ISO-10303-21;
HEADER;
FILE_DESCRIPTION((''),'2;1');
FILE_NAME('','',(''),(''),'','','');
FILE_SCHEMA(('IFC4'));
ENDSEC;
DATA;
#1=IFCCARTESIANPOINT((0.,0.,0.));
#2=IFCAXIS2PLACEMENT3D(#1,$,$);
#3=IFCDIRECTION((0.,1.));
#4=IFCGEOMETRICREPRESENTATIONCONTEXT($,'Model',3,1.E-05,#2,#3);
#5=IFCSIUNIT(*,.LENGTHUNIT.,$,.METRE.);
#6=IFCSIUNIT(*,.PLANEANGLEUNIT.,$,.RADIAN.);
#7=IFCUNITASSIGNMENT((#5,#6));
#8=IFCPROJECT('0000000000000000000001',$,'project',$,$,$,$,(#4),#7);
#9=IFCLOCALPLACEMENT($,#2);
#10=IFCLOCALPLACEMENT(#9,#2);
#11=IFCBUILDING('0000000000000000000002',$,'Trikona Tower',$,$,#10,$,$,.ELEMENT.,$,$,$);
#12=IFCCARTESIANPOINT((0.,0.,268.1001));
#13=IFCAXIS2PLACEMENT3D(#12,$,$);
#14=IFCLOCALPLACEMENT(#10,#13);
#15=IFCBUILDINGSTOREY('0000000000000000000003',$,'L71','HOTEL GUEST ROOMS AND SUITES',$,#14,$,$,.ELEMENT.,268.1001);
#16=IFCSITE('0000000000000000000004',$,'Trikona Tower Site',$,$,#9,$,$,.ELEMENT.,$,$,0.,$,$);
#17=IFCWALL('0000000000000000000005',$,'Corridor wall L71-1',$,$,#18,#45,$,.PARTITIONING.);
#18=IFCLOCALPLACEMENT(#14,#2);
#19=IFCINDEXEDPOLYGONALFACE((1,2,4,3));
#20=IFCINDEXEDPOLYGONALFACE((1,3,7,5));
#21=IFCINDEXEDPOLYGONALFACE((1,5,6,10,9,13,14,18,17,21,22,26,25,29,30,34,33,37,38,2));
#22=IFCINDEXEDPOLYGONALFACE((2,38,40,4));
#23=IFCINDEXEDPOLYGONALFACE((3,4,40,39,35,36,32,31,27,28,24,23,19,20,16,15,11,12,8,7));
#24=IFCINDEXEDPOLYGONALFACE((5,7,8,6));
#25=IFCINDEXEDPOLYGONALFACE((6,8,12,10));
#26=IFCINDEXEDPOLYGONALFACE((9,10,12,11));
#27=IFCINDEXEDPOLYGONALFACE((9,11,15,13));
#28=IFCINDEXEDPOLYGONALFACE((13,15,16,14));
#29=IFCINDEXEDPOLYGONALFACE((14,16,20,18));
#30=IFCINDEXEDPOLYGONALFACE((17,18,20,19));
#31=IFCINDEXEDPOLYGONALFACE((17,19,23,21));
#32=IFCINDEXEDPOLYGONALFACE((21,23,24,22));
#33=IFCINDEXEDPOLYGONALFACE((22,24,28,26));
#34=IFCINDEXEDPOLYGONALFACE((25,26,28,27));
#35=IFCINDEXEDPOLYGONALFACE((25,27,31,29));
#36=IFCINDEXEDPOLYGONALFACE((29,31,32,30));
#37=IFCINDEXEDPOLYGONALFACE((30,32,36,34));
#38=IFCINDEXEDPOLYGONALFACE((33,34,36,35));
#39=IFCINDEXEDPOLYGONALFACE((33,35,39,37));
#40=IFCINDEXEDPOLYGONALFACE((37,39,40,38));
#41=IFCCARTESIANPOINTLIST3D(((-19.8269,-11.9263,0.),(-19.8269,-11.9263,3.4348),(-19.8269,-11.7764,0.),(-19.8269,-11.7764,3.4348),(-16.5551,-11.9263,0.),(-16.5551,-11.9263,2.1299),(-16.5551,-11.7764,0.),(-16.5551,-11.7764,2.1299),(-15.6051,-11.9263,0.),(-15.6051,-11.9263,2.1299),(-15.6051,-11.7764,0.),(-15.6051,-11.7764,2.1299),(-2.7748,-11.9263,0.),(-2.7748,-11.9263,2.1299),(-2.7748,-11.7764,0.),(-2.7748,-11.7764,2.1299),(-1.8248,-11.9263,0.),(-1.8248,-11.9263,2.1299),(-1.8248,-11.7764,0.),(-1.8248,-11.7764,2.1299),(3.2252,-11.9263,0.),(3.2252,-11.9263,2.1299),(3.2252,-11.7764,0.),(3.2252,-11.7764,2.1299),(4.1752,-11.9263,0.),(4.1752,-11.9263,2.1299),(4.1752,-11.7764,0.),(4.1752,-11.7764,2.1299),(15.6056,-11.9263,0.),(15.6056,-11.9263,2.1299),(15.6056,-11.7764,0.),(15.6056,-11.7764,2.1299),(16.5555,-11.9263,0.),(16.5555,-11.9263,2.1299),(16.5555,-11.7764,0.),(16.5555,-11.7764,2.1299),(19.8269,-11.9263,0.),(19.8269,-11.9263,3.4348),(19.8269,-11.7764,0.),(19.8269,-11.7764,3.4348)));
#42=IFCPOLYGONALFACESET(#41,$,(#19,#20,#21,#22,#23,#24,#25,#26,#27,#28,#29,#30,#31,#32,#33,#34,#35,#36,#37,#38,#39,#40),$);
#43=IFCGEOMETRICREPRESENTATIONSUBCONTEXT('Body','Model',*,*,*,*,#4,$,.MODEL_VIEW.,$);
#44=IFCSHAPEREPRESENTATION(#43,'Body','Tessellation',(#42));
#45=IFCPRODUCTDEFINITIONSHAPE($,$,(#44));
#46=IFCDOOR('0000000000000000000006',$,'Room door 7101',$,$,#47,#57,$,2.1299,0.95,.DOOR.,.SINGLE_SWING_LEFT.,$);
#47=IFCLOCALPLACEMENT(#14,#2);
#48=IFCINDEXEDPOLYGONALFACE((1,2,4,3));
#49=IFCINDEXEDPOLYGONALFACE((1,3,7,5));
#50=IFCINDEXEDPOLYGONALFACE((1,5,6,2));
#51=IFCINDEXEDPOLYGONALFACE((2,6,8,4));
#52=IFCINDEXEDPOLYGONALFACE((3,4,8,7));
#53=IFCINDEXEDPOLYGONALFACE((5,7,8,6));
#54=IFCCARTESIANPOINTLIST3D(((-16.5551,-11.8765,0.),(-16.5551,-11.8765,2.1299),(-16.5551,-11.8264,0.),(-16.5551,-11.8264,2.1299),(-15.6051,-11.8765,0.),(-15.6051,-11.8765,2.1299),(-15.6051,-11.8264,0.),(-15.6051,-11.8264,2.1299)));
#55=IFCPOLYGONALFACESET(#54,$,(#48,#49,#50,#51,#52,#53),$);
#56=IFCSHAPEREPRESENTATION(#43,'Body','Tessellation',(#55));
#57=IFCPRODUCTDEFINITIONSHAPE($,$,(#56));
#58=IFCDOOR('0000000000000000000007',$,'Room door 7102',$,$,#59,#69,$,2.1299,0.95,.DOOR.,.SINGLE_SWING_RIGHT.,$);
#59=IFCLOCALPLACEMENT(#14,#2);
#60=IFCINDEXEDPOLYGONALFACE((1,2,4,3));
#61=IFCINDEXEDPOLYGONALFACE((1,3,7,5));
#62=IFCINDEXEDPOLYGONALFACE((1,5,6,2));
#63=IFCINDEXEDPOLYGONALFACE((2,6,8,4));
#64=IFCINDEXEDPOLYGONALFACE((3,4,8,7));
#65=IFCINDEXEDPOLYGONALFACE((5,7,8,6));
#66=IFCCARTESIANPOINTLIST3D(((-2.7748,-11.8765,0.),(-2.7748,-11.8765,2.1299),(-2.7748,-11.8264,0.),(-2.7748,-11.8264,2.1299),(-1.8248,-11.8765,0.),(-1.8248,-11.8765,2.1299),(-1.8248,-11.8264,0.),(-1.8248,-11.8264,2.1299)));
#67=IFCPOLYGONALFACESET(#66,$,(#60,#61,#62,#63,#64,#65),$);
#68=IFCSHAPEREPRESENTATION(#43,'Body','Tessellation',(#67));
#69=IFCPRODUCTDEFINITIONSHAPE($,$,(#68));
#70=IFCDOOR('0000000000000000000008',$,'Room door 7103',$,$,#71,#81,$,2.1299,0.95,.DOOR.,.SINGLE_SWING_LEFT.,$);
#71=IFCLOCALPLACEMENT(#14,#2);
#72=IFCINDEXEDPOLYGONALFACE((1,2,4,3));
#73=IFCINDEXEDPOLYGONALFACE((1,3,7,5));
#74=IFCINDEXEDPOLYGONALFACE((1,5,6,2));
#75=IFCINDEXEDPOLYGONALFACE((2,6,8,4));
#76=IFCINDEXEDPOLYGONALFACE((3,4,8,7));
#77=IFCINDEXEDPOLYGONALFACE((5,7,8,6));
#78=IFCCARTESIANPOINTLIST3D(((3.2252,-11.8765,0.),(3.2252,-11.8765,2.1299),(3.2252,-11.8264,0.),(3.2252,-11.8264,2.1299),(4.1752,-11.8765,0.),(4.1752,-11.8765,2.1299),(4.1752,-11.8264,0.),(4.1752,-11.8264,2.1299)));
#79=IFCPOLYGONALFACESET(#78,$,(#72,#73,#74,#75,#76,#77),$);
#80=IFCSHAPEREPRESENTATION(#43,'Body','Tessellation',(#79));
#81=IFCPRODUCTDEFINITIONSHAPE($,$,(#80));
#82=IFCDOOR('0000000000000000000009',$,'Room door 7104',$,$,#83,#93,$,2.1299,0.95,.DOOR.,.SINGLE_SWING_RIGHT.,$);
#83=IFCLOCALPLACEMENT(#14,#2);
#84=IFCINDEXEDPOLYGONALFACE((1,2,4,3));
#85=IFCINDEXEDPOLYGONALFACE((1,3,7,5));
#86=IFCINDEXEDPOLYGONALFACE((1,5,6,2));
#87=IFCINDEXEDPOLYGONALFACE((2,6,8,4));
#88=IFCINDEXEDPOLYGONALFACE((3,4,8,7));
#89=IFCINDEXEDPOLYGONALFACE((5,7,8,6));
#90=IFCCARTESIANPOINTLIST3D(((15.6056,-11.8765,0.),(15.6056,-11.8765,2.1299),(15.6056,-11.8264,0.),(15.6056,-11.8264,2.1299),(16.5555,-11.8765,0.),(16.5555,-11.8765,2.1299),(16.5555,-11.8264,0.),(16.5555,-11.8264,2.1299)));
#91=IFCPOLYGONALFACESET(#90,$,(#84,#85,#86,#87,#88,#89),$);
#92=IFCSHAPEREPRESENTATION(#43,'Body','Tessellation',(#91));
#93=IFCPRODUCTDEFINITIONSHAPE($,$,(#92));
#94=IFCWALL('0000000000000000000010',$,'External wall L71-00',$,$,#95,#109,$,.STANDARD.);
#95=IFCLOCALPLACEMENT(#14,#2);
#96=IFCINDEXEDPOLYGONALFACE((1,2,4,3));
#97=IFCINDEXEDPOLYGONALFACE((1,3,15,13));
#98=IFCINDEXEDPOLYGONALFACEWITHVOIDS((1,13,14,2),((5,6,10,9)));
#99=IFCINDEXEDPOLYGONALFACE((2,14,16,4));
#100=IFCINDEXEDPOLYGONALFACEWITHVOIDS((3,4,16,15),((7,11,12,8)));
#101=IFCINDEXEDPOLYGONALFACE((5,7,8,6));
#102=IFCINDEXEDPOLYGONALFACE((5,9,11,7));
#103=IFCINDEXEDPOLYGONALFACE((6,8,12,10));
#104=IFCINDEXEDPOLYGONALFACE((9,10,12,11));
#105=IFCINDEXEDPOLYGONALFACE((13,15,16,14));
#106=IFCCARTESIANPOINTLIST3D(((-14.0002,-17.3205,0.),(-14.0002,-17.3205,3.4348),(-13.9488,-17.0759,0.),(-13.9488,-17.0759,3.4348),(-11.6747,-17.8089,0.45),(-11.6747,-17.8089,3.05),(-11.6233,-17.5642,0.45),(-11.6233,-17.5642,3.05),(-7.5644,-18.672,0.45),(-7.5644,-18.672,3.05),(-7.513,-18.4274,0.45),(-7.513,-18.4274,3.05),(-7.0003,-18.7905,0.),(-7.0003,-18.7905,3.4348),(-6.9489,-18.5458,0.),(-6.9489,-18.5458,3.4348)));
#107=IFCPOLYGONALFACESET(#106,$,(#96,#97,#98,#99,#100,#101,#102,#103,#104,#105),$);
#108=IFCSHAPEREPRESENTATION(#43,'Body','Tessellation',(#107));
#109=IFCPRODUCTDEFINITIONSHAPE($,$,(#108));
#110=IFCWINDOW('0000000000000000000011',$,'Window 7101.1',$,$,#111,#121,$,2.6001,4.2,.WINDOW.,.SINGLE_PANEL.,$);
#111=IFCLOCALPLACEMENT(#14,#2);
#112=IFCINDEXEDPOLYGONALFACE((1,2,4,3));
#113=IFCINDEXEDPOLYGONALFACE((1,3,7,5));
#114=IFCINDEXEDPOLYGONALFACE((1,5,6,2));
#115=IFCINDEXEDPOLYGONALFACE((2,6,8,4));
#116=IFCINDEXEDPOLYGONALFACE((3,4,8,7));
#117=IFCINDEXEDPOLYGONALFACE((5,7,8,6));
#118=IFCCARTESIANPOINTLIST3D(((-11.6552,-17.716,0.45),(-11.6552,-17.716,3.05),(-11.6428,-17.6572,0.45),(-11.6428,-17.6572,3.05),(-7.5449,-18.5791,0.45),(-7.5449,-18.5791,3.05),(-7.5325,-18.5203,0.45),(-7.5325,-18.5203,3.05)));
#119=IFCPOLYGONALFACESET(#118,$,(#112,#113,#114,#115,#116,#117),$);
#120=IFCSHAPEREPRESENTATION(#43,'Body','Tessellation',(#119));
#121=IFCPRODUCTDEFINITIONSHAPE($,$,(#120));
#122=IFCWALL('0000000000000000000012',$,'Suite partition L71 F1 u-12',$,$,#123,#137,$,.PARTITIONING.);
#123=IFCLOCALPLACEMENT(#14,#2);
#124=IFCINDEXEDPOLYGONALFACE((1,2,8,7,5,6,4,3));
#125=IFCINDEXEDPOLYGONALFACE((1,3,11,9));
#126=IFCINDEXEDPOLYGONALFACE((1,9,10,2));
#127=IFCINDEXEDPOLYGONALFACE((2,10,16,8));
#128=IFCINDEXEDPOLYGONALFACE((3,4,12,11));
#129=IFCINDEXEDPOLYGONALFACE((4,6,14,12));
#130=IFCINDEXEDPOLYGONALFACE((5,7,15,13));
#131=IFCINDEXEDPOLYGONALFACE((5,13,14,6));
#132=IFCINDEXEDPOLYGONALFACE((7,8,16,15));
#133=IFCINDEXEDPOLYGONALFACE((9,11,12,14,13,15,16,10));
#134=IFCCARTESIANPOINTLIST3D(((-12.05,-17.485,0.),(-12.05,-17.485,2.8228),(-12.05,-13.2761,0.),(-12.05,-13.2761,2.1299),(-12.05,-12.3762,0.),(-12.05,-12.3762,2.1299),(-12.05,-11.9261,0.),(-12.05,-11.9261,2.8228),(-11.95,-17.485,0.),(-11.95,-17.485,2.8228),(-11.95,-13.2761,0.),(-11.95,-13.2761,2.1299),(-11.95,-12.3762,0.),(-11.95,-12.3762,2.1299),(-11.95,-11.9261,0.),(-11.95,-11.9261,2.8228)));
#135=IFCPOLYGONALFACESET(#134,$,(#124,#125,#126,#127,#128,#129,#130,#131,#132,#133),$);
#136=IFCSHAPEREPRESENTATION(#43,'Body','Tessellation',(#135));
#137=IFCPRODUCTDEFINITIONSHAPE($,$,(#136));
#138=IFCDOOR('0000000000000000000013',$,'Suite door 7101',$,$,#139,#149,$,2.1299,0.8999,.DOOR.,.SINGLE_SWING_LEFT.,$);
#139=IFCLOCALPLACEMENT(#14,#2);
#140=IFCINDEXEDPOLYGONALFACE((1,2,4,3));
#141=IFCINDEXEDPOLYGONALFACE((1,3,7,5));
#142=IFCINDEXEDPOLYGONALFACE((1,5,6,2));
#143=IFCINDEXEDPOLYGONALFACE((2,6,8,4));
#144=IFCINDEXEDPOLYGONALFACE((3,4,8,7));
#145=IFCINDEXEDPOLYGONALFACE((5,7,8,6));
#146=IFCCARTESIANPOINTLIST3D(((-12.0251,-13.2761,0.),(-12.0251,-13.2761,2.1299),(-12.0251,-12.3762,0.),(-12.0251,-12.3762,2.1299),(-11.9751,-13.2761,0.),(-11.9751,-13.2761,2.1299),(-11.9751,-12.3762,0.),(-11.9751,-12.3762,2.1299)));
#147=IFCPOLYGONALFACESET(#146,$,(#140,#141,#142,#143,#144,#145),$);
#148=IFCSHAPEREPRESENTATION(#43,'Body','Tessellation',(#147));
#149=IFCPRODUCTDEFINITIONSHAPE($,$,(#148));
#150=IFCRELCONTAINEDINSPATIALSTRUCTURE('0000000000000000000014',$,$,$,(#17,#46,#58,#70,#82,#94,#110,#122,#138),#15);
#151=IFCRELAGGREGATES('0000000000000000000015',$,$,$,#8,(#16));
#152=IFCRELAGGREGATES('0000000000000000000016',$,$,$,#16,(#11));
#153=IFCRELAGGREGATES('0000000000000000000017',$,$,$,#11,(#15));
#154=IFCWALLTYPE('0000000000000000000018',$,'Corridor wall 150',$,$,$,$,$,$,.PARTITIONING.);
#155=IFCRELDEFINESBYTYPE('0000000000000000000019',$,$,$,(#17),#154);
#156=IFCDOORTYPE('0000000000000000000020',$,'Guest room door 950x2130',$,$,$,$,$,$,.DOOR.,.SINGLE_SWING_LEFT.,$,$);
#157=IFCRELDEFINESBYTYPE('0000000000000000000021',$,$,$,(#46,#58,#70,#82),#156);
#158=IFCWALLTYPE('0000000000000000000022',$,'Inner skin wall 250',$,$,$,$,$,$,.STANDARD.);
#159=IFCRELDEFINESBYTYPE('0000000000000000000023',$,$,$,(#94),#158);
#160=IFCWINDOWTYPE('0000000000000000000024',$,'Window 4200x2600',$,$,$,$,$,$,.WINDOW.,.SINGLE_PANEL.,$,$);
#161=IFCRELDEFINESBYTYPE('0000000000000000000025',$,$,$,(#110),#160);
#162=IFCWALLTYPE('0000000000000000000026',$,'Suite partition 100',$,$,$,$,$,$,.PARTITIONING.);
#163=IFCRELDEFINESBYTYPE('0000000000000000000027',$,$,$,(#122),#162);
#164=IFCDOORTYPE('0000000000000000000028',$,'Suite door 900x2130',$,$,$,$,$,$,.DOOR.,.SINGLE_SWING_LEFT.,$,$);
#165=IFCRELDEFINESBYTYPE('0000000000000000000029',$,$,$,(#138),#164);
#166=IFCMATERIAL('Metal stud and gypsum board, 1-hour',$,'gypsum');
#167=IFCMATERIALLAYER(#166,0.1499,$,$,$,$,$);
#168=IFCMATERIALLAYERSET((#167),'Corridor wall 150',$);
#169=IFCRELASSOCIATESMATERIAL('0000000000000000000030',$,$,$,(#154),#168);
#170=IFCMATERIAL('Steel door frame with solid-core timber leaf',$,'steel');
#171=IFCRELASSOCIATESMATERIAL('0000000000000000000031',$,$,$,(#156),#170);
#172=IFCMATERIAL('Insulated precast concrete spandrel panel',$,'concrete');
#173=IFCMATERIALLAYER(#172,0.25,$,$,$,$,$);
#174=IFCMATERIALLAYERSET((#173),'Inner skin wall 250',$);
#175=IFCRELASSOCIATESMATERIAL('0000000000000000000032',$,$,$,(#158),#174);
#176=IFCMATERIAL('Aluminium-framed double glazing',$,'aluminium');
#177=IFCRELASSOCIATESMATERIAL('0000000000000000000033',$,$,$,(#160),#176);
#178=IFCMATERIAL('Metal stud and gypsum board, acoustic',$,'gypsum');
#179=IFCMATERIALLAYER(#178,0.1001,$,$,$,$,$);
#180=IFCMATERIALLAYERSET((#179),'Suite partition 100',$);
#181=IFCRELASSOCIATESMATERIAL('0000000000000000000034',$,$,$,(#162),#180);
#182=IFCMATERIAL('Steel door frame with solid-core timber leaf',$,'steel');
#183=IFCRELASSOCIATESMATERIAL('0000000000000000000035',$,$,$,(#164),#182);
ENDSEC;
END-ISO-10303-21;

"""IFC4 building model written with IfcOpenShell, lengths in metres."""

from ifc_helpers import new_model, si_unit, direction, frame, frame_2d, origin, place, context, subcontext, project, spatial, rectangle, extrude, material, layer, layer_set, type_object, element, fill, save


model = new_model("IFC4")

# Units and contexts
model_context = context("Model", 3, precision=1e-05, world=origin(), true_north=direction((0.0, 1.0)))
body_context = subcontext(model_context, "Body", "Model", "MODEL_VIEW")
ifc_project = project(units=[si_unit("LENGTHUNIT", "METRE"), si_unit("PLANEANGLEUNIT", "RADIAN")], contexts=[model_context])

# Site, building, storey
site_placement = place(None, origin())
site = spatial("IfcSite", under=ifc_project, at=site_placement, Name="Trikona Tower Site", CompositionType="ELEMENT", RefElevation=0.0)
building_placement = place(site_placement, origin())
building = spatial("IfcBuilding", under=site, at=building_placement, Name="Trikona Tower", CompositionType="ELEMENT")
storey_placement = place(building_placement, frame((0.0, 0.0, 268.1001)))
storey = spatial("IfcBuildingStorey", under=building, at=storey_placement, Name="L71", Description="HOTEL GUEST ROOMS AND SUITES", CompositionType="ELEMENT", Elevation=268.1001)

# Wall, openings, doors
ifc_material_1 = material(Name="Metal stud and gypsum board, 1-hour", Category="gypsum")
ifc_layer_1 = layer(ifc_material_1, 0.1499)
ifc_layer_set_1 = layer_set([ifc_layer_1], Name="Corridor wall 150")
wall_type_1 = type_object("IfcWallType", Name="Corridor wall 150", PredefinedType="PARTITIONING", material=ifc_layer_set_1)
wall_1_placement = place(storey_placement, frame((-19.8269, -11.8513, 0.0), z_axis=(0.0, 0.0, 1.0), x_axis=(1.0, 0.0, 0.0)))
wall_1 = element("IfcWall", 1, at=wall_1_placement, inside=storey, type_object=wall_type_1, Name="Corridor wall L71-1", PredefinedType="PARTITIONING", context=body_context, shape_type="SweptSolid", body=[
    extrude(rectangle(XDim=39.6538, YDim=0.1499, at=frame_2d((19.8269, 0.0))), origin(), (0.0, 0.0, 1.0), 3.4348),
])
opening_1_placement = place(wall_1_placement, frame((3.2717, 0.0, 0.0)))
opening_1 = element("IfcOpeningElement", 2, at=opening_1_placement, cuts=wall_1, PredefinedType="OPENING", context=body_context, shape_type="SweptSolid", body=[
    extrude(rectangle(XDim=0.95, YDim=2.1299, at=frame_2d((0.4751, 1.0649))), frame((0.0, 0.085, 0.0), z_axis=(0.0, -1.0, 0.0), x_axis=(1.0, 0.0, 0.0)), (0.0, 0.0, 1.0), 0.1699),
])
opening_2_placement = place(wall_1_placement, frame((17.052, 0.0, 0.0)))
opening_2 = element("IfcOpeningElement", 3, at=opening_2_placement, cuts=wall_1, PredefinedType="OPENING", context=body_context, shape_type="SweptSolid", body=[
    extrude(rectangle(XDim=0.95, YDim=2.1299, at=frame_2d((0.4751, 1.0649))), frame((0.0, 0.085, 0.0), z_axis=(0.0, -1.0, 0.0), x_axis=(1.0, 0.0, 0.0)), (0.0, 0.0, 1.0), 0.1699),
])
opening_3_placement = place(wall_1_placement, frame((23.052, 0.0, 0.0)))
opening_3 = element("IfcOpeningElement", 4, at=opening_3_placement, cuts=wall_1, PredefinedType="OPENING", context=body_context, shape_type="SweptSolid", body=[
    extrude(rectangle(XDim=0.95, YDim=2.1299, at=frame_2d((0.4751, 1.0649))), frame((0.0, 0.085, 0.0), z_axis=(0.0, -1.0, 0.0), x_axis=(1.0, 0.0, 0.0)), (0.0, 0.0, 1.0), 0.1699),
])
opening_4_placement = place(wall_1_placement, frame((35.4324, 0.0, 0.0)))
opening_4 = element("IfcOpeningElement", 5, at=opening_4_placement, cuts=wall_1, PredefinedType="OPENING", context=body_context, shape_type="SweptSolid", body=[
    extrude(rectangle(XDim=0.95, YDim=2.1299, at=frame_2d((0.4751, 1.0649))), frame((0.0, 0.085, 0.0), z_axis=(0.0, -1.0, 0.0), x_axis=(1.0, 0.0, 0.0)), (0.0, 0.0, 1.0), 0.1699),
])
ifc_material_2 = material(Name="Steel door frame with solid-core timber leaf", Category="steel")
door_type_1 = type_object("IfcDoorType", Name="Guest room door 950x2130", OperationType="SINGLE_SWING_LEFT", PredefinedType="DOOR", material=ifc_material_2)
door_1_placement = place(opening_1_placement, origin())
door_1 = element("IfcDoor", 6, at=door_1_placement, inside=storey, type_object=door_type_1, Name="Room door 7101", OperationType="SINGLE_SWING_LEFT", OverallHeight=2.1299, OverallWidth=0.95, PredefinedType="DOOR", context=body_context, shape_type="SweptSolid", body=[
    extrude(rectangle(XDim=0.95, YDim=2.1299, at=frame_2d((0.4751, 1.0649))), frame((0.0, 0.0249, 0.0), z_axis=(0.0, -1.0, 0.0), x_axis=(1.0, 0.0, 0.0)), (0.0, 0.0, 1.0), 0.05),
])
fill(opening_1, door_1)
door_2_placement = place(opening_2_placement, origin())
door_2 = element("IfcDoor", 7, at=door_2_placement, inside=storey, type_object=door_type_1, Name="Room door 7102", OperationType="SINGLE_SWING_RIGHT", OverallHeight=2.1299, OverallWidth=0.95, PredefinedType="DOOR", context=body_context, shape_type="SweptSolid", body=[
    extrude(rectangle(XDim=0.95, YDim=2.1299, at=frame_2d((0.4751, 1.0649))), frame((0.0, 0.0249, 0.0), z_axis=(0.0, -1.0, 0.0), x_axis=(1.0, 0.0, 0.0)), (0.0, 0.0, 1.0), 0.05),
])
fill(opening_2, door_2)
door_3_placement = place(opening_3_placement, origin())
door_3 = element("IfcDoor", 8, at=door_3_placement, inside=storey, type_object=door_type_1, Name="Room door 7103", OperationType="SINGLE_SWING_LEFT", OverallHeight=2.1299, OverallWidth=0.95, PredefinedType="DOOR", context=body_context, shape_type="SweptSolid", body=[
    extrude(rectangle(XDim=0.95, YDim=2.1299, at=frame_2d((0.4751, 1.0649))), frame((0.0, 0.0249, 0.0), z_axis=(0.0, -1.0, 0.0), x_axis=(1.0, 0.0, 0.0)), (0.0, 0.0, 1.0), 0.05),
])
fill(opening_3, door_3)
door_4_placement = place(opening_4_placement, origin())
door_4 = element("IfcDoor", 9, at=door_4_placement, inside=storey, type_object=door_type_1, Name="Room door 7104", OperationType="SINGLE_SWING_RIGHT", OverallHeight=2.1299, OverallWidth=0.95, PredefinedType="DOOR", context=body_context, shape_type="SweptSolid", body=[
    extrude(rectangle(XDim=0.95, YDim=2.1299, at=frame_2d((0.4751, 1.0649))), frame((0.0, 0.0249, 0.0), z_axis=(0.0, -1.0, 0.0), x_axis=(1.0, 0.0, 0.0)), (0.0, 0.0, 1.0), 0.05),
])
fill(opening_4, door_4)

# Wall, opening, window
ifc_material_3 = material(Name="Insulated precast concrete spandrel panel", Category="concrete")
ifc_layer_2 = layer(ifc_material_3, 0.25)
ifc_layer_set_2 = layer_set([ifc_layer_2], Name="Inner skin wall 250")
wall_type_2 = type_object("IfcWallType", Name="Inner skin wall 250", PredefinedType="STANDARD", material=ifc_layer_set_2)
wall_2_placement = place(storey_placement, frame((-13.9744, -17.1982, 0.0), z_axis=(0.0, 0.0, 1.0), x_axis=(0.978654, -0.205513, 0.0)))
wall_2 = element("IfcWall", 10, at=wall_2_placement, inside=storey, type_object=wall_type_2, Name="External wall L71-00", PredefinedType="STANDARD", context=body_context, shape_type="SweptSolid", body=[
    extrude(rectangle(XDim=7.1526, YDim=0.25, at=frame_2d((3.5762, 0.0))), origin(), (0.0, 0.0, 1.0), 3.4348),
])
opening_5_placement = place(wall_2_placement, frame((2.376, 0.0, 0.45)))
opening_5 = element("IfcOpeningElement", 11, at=opening_5_placement, cuts=wall_2, PredefinedType="OPENING", context=body_context, shape_type="SweptSolid", body=[
    extrude(rectangle(XDim=4.2, YDim=2.6001, at=frame_2d((2.1001, 1.3))), frame((0.0, 0.135, 0.0), z_axis=(0.0, -1.0, 0.0), x_axis=(1.0, 0.0, 0.0)), (0.0, 0.0, 1.0), 0.27),
])
ifc_material_4 = material(Name="Aluminium-framed double glazing", Category="aluminium")
window_type_1 = type_object("IfcWindowType", Name="Window 4200x2600", PartitioningType="SINGLE_PANEL", PredefinedType="WINDOW", material=ifc_material_4)
window_1_placement = place(opening_5_placement, origin())
window_1 = element("IfcWindow", 12, at=window_1_placement, inside=storey, type_object=window_type_1, Name="Window 7101.1", OverallHeight=2.6001, OverallWidth=4.2, PartitioningType="SINGLE_PANEL", PredefinedType="WINDOW", context=body_context, shape_type="SweptSolid", body=[
    extrude(rectangle(XDim=4.2, YDim=2.6001, at=frame_2d((2.1001, 1.3))), frame((0.0, 0.03, 0.0), z_axis=(0.0, -1.0, 0.0), x_axis=(1.0, 0.0, 0.0)), (0.0, 0.0, 1.0), 0.0601),
])
fill(opening_5, window_1)

# Wall, opening, door
ifc_material_5 = material(Name="Metal stud and gypsum board, acoustic", Category="gypsum")
ifc_layer_3 = layer(ifc_material_5, 0.1001)
ifc_layer_set_3 = layer_set([ifc_layer_3], Name="Suite partition 100")
wall_type_3 = type_object("IfcWallType", Name="Suite partition 100", PredefinedType="PARTITIONING", material=ifc_layer_set_3)
wall_3_placement = place(storey_placement, frame((-12.0, -11.9263, 0.0), z_axis=(0.0, 0.0, 1.0), x_axis=(0.0, -1.0, 0.0)))
wall_3 = element("IfcWall", 13, at=wall_3_placement, inside=storey, type_object=wall_type_3, Name="Suite partition L71 F1 u-12", PredefinedType="PARTITIONING", context=body_context, shape_type="SweptSolid", body=[
    extrude(rectangle(XDim=5.5588, YDim=0.1001, at=frame_2d((2.7793, 0.0))), origin(), (0.0, 0.0, 1.0), 2.8228),
])
opening_6_placement = place(wall_3_placement, frame((0.45, 0.0, 0.0)))
opening_6 = element("IfcOpeningElement", 14, at=opening_6_placement, cuts=wall_3, PredefinedType="OPENING", context=body_context, shape_type="SweptSolid", body=[
    extrude(rectangle(XDim=0.8999, YDim=2.1299, at=frame_2d((0.45, 1.0649))), frame((0.0, 0.0601, 0.0), z_axis=(0.0, -1.0, 0.0), x_axis=(1.0, 0.0, 0.0)), (0.0, 0.0, 1.0), 0.1201),
])
ifc_material_6 = material(Name="Steel door frame with solid-core timber leaf", Category="steel")
door_type_2 = type_object("IfcDoorType", Name="Suite door 900x2130", OperationType="SINGLE_SWING_LEFT", PredefinedType="DOOR", material=ifc_material_6)
door_5_placement = place(opening_6_placement, origin())
door_5 = element("IfcDoor", 15, at=door_5_placement, inside=storey, type_object=door_type_2, Name="Suite door 7101", OperationType="SINGLE_SWING_LEFT", OverallHeight=2.1299, OverallWidth=0.8999, PredefinedType="DOOR", context=body_context, shape_type="SweptSolid", body=[
    extrude(rectangle(XDim=0.8999, YDim=2.1299, at=frame_2d((0.45, 1.0649))), frame((0.0, 0.0249, 0.0), z_axis=(0.0, -1.0, 0.0), x_axis=(1.0, 0.0, 0.0)), (0.0, 0.0, 1.0), 0.05),
])
fill(opening_6, door_5)

save(model, "model.ifc")
